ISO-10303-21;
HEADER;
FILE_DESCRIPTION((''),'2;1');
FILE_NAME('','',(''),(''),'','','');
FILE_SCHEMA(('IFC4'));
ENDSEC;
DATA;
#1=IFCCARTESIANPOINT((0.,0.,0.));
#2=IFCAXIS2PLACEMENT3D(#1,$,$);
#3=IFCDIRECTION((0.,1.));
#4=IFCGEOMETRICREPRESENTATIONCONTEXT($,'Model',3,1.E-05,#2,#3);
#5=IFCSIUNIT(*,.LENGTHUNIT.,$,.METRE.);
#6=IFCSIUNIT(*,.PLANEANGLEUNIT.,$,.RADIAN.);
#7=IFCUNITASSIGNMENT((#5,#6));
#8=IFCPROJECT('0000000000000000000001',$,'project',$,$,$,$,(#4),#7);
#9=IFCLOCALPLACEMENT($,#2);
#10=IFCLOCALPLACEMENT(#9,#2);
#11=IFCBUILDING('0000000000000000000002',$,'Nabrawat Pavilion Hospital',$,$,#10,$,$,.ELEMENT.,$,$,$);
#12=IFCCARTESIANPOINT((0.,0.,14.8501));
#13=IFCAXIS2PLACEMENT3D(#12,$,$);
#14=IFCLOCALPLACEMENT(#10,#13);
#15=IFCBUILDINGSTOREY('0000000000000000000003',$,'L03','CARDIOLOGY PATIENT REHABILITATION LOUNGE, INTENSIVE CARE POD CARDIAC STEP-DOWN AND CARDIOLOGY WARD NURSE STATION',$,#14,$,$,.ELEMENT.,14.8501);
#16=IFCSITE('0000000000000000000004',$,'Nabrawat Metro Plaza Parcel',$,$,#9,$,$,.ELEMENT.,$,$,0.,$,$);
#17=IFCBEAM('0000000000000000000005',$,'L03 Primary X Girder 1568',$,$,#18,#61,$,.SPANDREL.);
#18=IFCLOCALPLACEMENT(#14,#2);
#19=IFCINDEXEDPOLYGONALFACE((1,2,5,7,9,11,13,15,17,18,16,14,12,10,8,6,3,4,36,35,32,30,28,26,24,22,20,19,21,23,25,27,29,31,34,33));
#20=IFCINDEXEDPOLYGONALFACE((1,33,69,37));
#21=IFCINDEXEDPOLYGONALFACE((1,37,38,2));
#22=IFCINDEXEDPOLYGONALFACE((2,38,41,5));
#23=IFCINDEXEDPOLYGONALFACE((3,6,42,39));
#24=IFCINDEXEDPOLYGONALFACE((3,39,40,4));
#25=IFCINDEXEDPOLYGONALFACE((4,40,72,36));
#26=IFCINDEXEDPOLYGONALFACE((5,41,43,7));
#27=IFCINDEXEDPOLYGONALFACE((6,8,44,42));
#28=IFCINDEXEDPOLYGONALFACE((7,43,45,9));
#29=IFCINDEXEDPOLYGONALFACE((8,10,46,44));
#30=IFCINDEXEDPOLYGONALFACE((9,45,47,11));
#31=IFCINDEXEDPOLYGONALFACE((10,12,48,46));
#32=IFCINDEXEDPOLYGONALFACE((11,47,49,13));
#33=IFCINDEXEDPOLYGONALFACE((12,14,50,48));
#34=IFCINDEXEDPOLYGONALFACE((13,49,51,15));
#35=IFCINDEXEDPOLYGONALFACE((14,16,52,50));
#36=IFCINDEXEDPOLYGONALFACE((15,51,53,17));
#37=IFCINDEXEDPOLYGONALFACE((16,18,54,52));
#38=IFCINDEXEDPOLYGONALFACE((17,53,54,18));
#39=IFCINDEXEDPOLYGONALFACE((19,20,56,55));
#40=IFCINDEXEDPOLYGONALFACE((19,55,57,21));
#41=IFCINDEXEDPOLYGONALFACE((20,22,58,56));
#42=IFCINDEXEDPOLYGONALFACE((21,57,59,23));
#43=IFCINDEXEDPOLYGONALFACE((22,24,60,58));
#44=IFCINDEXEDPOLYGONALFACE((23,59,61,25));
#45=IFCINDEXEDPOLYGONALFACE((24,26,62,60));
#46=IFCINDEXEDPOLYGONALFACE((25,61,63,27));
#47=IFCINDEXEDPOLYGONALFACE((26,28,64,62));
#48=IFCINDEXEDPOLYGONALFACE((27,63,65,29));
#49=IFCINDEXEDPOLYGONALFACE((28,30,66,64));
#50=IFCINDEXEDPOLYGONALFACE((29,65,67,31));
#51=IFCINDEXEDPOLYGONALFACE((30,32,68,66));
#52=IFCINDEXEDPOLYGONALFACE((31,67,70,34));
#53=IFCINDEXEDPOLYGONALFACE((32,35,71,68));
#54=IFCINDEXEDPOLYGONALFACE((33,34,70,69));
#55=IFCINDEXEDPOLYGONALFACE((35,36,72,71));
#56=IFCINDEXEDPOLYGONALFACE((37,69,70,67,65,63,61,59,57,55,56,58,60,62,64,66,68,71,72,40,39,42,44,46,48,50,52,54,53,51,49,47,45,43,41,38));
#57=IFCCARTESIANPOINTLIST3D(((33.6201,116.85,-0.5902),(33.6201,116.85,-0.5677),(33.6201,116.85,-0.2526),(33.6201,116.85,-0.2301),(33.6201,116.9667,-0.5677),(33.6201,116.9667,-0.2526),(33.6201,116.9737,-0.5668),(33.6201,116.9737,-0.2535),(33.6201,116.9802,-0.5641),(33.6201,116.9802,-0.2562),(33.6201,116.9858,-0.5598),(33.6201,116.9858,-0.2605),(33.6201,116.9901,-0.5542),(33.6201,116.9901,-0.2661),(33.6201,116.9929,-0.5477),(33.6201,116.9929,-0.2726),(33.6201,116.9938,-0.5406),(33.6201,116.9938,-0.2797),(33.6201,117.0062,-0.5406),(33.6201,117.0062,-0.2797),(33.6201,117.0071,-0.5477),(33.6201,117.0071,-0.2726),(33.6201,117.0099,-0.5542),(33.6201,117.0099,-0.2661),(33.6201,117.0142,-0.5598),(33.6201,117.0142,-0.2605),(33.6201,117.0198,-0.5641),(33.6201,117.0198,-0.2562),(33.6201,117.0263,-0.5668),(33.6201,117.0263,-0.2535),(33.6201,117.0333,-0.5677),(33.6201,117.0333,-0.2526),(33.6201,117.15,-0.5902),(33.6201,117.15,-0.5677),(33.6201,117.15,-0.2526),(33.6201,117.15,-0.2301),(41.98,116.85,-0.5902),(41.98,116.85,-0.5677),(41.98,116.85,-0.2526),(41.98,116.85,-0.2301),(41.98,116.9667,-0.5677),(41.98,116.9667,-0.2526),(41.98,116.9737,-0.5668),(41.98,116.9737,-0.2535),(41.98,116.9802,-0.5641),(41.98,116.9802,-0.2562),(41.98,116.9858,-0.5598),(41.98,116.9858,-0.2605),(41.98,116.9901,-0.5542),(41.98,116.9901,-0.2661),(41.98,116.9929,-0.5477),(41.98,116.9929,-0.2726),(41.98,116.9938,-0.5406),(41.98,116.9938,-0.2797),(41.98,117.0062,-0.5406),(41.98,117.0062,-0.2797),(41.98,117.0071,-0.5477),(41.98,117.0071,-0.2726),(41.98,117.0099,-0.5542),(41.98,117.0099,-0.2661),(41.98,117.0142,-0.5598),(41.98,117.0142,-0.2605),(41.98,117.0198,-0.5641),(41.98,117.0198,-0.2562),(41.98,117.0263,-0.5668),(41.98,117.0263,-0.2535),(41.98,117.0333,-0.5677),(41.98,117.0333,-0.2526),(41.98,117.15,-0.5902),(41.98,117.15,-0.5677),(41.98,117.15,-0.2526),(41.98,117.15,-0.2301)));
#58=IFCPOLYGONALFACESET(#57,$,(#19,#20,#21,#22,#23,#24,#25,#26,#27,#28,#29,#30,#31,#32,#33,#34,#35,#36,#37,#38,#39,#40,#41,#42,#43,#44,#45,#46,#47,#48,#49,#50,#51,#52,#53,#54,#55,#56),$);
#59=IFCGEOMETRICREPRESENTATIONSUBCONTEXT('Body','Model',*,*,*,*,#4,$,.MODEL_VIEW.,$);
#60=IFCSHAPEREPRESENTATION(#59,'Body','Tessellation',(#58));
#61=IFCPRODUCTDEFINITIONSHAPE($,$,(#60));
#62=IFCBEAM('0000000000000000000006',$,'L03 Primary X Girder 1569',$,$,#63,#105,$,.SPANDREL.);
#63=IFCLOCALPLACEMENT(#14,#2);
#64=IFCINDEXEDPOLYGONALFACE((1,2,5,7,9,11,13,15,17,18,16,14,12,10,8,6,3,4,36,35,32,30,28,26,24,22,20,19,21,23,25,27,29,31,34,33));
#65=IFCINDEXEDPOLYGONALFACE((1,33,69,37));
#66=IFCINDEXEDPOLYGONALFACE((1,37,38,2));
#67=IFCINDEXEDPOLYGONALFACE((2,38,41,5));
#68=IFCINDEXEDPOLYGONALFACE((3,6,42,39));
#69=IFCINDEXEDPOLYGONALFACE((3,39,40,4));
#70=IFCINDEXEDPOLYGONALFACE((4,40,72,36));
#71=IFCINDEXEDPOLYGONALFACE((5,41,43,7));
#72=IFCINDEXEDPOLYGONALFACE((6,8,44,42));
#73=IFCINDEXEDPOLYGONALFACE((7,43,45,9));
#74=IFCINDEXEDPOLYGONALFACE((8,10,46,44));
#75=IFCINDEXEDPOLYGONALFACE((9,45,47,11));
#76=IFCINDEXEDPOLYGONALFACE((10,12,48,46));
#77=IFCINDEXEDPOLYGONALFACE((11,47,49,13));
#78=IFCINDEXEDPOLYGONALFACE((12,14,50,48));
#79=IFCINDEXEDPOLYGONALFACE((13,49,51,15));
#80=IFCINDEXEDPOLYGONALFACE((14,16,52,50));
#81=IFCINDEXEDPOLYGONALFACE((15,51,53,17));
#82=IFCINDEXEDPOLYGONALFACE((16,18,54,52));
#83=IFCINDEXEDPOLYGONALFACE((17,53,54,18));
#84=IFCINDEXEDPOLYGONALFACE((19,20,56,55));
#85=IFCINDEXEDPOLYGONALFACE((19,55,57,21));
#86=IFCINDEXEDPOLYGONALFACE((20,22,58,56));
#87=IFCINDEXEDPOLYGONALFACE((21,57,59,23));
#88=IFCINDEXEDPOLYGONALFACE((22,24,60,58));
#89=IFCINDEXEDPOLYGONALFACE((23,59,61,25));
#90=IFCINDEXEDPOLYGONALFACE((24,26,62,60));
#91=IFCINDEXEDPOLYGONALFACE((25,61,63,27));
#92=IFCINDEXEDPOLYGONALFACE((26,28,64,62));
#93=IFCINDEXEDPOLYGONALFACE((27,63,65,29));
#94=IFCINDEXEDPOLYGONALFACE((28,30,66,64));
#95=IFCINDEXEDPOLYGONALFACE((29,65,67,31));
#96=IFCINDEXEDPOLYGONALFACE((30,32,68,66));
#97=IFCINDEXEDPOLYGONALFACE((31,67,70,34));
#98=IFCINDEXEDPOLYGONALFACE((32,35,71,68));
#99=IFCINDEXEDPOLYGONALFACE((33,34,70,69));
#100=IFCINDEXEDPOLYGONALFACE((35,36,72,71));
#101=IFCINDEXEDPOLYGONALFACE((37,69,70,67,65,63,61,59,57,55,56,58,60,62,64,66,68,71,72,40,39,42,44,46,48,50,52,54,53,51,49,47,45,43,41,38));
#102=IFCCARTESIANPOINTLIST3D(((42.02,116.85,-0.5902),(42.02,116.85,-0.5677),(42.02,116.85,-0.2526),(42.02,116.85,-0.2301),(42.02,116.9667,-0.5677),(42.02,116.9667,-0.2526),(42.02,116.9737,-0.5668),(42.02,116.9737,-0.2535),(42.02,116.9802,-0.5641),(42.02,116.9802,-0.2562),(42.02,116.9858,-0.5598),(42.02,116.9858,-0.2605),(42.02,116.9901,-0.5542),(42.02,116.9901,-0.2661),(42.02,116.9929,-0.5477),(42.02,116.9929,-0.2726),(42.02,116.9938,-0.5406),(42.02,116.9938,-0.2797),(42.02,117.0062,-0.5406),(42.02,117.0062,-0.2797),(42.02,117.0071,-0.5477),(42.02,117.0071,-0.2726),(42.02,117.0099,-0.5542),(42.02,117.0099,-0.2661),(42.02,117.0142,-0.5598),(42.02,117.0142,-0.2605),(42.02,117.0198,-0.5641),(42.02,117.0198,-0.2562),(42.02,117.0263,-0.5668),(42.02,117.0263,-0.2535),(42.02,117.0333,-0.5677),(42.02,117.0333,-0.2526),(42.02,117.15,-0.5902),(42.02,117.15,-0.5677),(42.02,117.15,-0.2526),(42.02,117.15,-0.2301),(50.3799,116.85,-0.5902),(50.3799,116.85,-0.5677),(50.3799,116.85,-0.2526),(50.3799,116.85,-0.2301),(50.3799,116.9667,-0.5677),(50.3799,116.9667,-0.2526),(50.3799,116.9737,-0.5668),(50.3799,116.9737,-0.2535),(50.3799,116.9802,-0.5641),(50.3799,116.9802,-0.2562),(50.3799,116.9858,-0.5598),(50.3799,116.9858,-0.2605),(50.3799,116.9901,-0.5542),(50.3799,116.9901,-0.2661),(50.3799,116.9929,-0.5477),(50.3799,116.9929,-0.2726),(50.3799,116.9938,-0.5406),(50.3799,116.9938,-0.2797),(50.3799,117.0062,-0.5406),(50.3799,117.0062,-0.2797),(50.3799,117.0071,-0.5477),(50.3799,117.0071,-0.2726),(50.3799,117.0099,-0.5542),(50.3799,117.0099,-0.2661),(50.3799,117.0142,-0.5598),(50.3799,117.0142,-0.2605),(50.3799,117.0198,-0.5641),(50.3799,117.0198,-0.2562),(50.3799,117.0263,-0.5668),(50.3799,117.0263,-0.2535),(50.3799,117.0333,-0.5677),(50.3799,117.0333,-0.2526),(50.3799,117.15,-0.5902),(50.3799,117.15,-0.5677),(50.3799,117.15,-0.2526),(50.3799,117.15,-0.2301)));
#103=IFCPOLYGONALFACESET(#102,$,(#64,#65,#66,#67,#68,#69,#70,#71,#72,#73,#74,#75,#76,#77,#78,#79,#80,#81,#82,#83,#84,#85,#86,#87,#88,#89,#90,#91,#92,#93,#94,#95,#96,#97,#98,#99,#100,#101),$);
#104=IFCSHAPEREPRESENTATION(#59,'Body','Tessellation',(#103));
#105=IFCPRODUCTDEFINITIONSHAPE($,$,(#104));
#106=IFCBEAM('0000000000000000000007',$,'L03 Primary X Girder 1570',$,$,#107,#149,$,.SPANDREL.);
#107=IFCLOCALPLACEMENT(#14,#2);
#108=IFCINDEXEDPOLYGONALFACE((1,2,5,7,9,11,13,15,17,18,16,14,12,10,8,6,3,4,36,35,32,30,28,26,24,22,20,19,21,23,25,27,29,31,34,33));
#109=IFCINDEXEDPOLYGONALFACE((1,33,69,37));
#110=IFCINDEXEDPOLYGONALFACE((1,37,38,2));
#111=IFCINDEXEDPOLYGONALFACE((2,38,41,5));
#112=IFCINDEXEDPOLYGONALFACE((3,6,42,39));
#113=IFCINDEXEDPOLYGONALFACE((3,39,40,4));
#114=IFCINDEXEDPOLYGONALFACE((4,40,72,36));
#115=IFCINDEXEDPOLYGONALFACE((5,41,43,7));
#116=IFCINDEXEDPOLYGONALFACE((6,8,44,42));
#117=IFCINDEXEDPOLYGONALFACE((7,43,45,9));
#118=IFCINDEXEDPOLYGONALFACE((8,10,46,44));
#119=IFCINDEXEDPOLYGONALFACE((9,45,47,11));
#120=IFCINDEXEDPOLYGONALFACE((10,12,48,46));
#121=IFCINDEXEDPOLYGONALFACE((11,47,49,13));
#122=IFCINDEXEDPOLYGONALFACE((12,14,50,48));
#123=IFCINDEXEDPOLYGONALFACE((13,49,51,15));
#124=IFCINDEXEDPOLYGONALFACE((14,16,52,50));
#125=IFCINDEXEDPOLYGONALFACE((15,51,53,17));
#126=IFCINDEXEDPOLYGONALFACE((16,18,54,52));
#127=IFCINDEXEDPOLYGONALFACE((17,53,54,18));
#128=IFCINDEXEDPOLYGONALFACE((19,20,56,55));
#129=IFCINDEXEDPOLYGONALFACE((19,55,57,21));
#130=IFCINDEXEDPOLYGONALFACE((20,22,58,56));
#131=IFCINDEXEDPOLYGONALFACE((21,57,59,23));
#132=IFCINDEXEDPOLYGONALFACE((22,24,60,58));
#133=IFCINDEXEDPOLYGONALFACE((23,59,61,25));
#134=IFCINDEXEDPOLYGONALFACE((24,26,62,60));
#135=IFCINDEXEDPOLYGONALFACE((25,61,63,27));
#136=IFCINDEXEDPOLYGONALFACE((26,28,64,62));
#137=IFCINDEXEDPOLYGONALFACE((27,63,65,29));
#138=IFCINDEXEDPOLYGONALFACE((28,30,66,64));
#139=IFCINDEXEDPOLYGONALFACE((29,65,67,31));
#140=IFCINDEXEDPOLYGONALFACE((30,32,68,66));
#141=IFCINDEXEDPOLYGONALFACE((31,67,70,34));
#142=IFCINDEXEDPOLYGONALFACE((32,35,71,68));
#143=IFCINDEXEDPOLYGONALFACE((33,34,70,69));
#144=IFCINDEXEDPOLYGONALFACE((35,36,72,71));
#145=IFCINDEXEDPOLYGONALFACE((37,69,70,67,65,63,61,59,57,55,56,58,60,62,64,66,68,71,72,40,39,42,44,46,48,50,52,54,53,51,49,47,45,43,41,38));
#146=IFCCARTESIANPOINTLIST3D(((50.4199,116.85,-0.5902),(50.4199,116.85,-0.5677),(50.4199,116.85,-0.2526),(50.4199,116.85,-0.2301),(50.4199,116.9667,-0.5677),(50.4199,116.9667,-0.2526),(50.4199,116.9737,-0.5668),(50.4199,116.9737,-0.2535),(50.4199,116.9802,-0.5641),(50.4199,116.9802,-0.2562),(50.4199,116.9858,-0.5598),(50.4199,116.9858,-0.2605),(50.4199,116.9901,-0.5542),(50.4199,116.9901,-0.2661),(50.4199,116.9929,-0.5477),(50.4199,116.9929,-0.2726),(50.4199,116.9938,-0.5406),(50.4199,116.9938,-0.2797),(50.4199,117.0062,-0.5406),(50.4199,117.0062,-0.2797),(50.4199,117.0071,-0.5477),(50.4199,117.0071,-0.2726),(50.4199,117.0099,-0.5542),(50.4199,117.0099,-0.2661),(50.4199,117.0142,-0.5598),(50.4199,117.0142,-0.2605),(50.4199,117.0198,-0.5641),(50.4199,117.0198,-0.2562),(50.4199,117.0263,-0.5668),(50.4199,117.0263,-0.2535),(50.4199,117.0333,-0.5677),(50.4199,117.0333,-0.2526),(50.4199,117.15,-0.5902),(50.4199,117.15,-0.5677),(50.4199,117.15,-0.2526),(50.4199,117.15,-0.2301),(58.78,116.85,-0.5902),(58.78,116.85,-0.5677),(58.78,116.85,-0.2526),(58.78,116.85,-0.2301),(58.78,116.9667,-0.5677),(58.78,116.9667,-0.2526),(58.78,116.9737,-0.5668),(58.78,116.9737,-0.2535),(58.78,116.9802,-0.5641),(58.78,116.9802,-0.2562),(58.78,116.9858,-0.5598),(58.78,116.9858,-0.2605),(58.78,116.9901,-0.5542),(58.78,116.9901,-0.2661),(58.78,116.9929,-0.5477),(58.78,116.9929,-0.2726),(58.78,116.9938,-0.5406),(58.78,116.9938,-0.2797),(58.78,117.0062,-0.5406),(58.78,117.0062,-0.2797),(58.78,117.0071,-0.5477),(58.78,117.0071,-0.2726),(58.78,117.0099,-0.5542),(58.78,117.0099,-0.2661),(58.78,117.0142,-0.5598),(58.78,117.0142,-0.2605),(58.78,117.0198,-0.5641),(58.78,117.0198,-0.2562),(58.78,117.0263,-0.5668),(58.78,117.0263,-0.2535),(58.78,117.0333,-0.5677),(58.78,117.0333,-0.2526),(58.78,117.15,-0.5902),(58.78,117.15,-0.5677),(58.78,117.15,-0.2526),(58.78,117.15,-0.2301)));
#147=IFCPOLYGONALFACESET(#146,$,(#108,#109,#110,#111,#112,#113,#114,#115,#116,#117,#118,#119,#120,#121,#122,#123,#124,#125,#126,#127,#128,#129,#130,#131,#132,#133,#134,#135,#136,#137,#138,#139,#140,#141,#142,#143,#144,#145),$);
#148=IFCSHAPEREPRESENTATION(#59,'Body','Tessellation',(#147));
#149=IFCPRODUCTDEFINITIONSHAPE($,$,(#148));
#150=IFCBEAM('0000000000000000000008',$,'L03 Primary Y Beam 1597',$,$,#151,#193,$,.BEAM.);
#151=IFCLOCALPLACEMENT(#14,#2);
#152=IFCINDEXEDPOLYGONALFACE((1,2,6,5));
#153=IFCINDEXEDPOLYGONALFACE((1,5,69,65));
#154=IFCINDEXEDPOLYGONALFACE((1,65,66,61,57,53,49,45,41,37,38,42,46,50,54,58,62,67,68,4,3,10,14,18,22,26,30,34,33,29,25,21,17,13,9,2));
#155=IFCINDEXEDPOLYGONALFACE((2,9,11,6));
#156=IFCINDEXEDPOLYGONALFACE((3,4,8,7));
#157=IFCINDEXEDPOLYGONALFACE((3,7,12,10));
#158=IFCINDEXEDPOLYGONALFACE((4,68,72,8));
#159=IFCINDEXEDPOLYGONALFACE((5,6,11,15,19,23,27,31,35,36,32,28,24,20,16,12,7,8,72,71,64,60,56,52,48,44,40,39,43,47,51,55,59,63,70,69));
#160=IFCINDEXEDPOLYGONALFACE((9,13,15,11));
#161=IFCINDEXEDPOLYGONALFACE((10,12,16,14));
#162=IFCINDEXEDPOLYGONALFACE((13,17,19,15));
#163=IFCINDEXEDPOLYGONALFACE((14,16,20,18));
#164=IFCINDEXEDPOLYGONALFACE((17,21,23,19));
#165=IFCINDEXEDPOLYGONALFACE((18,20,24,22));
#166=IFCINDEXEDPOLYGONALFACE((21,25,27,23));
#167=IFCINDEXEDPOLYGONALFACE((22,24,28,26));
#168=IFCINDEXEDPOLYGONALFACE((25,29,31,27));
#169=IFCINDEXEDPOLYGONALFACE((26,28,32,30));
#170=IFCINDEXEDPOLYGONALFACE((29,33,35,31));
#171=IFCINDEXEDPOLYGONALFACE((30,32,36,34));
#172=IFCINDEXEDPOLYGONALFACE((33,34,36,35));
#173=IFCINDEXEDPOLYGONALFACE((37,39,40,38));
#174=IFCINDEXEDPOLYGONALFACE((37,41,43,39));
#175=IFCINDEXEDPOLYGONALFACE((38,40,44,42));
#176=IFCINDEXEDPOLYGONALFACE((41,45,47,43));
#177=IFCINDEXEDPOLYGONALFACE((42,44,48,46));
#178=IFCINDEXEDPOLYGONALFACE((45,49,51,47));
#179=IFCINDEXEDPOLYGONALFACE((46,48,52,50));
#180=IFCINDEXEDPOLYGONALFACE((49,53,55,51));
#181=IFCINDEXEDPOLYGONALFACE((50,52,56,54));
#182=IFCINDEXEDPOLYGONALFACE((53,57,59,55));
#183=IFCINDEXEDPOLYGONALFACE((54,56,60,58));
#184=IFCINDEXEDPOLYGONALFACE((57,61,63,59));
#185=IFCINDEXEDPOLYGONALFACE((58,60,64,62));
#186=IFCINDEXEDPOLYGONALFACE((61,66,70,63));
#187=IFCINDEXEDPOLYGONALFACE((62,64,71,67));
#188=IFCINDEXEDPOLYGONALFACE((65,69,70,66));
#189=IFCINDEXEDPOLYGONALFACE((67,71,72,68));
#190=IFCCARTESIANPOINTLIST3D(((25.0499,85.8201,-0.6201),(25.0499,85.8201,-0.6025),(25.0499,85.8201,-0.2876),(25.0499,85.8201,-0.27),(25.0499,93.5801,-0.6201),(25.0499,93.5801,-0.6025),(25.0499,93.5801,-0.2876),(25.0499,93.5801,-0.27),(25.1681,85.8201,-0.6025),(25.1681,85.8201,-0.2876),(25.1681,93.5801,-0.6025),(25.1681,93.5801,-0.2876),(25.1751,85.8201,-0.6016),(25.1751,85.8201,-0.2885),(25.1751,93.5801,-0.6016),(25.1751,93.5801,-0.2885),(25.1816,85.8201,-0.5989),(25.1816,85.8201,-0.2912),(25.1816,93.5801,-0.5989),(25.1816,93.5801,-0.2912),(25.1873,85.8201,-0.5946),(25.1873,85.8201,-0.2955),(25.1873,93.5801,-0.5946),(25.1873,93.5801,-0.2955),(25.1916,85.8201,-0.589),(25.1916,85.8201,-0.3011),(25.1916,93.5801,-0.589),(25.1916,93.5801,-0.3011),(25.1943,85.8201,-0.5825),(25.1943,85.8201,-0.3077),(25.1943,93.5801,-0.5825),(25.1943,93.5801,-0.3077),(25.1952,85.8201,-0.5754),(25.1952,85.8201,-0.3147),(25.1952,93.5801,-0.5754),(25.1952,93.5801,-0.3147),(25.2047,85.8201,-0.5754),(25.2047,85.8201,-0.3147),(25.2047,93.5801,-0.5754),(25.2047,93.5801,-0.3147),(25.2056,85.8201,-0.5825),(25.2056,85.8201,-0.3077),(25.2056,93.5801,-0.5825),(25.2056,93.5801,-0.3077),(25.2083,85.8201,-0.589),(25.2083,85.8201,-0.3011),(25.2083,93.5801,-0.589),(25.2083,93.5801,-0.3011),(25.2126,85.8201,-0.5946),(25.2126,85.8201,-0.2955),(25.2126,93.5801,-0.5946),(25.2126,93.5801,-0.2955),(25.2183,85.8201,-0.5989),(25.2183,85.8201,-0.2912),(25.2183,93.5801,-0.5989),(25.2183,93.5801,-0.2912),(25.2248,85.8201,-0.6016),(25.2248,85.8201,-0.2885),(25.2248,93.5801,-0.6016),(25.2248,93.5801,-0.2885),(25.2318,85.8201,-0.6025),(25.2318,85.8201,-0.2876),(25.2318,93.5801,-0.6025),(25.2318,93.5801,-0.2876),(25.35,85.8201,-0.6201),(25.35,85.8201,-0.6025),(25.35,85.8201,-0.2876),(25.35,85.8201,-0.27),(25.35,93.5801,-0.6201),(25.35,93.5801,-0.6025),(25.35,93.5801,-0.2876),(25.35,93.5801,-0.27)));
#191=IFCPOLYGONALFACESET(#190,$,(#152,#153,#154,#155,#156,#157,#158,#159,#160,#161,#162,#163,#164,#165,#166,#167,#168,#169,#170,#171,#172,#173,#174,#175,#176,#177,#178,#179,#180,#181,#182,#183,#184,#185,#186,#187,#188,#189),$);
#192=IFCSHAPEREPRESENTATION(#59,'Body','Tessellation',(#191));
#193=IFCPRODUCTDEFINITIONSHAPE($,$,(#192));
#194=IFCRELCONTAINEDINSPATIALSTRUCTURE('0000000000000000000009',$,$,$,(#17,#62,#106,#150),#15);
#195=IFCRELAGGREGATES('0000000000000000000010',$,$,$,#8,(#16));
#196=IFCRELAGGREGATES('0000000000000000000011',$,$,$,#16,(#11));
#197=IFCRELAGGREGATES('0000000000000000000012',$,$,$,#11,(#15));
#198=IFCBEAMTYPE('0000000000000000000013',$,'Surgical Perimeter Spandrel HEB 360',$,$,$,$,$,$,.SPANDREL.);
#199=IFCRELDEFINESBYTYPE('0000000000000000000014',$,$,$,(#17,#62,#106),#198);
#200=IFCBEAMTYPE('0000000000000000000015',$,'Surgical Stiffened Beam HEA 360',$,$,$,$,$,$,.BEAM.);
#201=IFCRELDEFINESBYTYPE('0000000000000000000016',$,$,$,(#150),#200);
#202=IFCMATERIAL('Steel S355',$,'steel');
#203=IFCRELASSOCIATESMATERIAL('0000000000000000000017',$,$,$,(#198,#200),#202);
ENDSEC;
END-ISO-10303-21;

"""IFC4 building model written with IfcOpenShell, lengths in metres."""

from ifc_helpers import new_model, si_unit, direction, frame, origin, origin_2d, place, context, subcontext, project, spatial, i_section, extrude, material, material_profile, profile_set, type_object, element, save


model = new_model("IFC4")

# Units and contexts
model_context = context("Model", 3, precision=1e-05, world=origin(), true_north=direction((0.0, 1.0)))
body_context = subcontext(model_context, "Body", "Model", "MODEL_VIEW")
ifc_project = project(units=[si_unit("LENGTHUNIT", "METRE"), si_unit("PLANEANGLEUNIT", "RADIAN")], contexts=[model_context])

# Site, building, storey
site_placement = place(None, origin())
site = spatial("IfcSite", under=ifc_project, at=site_placement, Name="Nabrawat Metro Plaza Parcel", CompositionType="ELEMENT", RefElevation=0.0)
building_placement = place(site_placement, origin())
building = spatial("IfcBuilding", under=site, at=building_placement, Name="Nabrawat Pavilion Hospital", CompositionType="ELEMENT")
storey_placement = place(building_placement, frame((0.0, 0.0, 14.8501)))
storey = spatial("IfcBuildingStorey", under=building, at=storey_placement, Name="L03", Description="CARDIOLOGY PATIENT REHABILITATION LOUNGE, INTENSIVE CARE POD CARDIAC STEP-DOWN AND CARDIOLOGY WARD NURSE STATION", CompositionType="ELEMENT", Elevation=14.8501)

# Shared definitions
ifc_material_1 = material(Name="Steel S355", Category="steel")

# Beams
ifc_material_profile_1 = material_profile(ifc_material_1, i_section(OverallWidth=0.3, OverallDepth=0.3601, WebThickness=0.0125, FlangeThickness=0.0225, FilletRadius=0.0271, at=origin_2d()), Name="HEB 360")
ifc_profile_set_1 = profile_set([ifc_material_profile_1], Name="Steel S355")
beam_type_1 = type_object("IfcBeamType", Name="Surgical Perimeter Spandrel HEB 360", PredefinedType="SPANDREL", material=ifc_profile_set_1)
for number, where, z_axis, x_axis, name in (
    (1, (33.6201, 117.0, -0.4102), (1.0, 0.0, 0.0), (0.0, 1.0, 0.0), "L03 Primary X Girder 1568"),
    (2, (42.02, 117.0, -0.4102), (1.0, 0.0, 0.0), (0.0, 1.0, 0.0), "L03 Primary X Girder 1569"),
):
    element("IfcBeam", number, at=place(storey_placement, frame(where, z_axis=z_axis, x_axis=x_axis)), inside=storey, type_object=beam_type_1, Name=name, PredefinedType="SPANDREL", context=body_context, shape_type="SweptSolid", body=[
        extrude(i_section(OverallWidth=0.3, OverallDepth=0.3601, WebThickness=0.0125, FlangeThickness=0.0225, FilletRadius=0.0271, at=origin_2d()), origin(), (0.0, 0.0, 1.0), 8.3599),
    ])
beam_1_placement = place(storey_placement, frame((50.4199, 117.0, -0.4102), z_axis=(1.0, 0.0, 0.0), x_axis=(0.0, 1.0, 0.0)))
element("IfcBeam", 3, at=beam_1_placement, inside=storey, type_object=beam_type_1, Name="L03 Primary X Girder 1570", PredefinedType="SPANDREL", context=body_context, shape_type="SweptSolid", body=[
    extrude(i_section(OverallWidth=0.3, OverallDepth=0.3601, WebThickness=0.0125, FlangeThickness=0.0225, FilletRadius=0.0271, at=origin_2d()), origin(), (0.0, 0.0, 1.0), 8.3601),
])
ifc_material_profile_2 = material_profile(ifc_material_1, i_section(OverallWidth=0.3, OverallDepth=0.3501, WebThickness=0.0095, FlangeThickness=0.0176, FilletRadius=0.0271, at=origin_2d()), Name="HEA 360")
ifc_profile_set_2 = profile_set([ifc_material_profile_2], Name="Steel S355")
beam_type_2 = type_object("IfcBeamType", Name="Surgical Stiffened Beam HEA 360", PredefinedType="BEAM", material=ifc_profile_set_2)
beam_2_placement = place(storey_placement, frame((25.2, 85.8201, -0.4451), z_axis=(0.0, 1.0, 0.0), x_axis=(-1.0, 0.0, 0.0)))
element("IfcBeam", 4, at=beam_2_placement, inside=storey, type_object=beam_type_2, Name="L03 Primary Y Beam 1597", PredefinedType="BEAM", context=body_context, shape_type="SweptSolid", body=[
    extrude(i_section(OverallWidth=0.3, OverallDepth=0.3501, WebThickness=0.0095, FlangeThickness=0.0176, FilletRadius=0.0271, at=origin_2d()), origin(), (0.0, 0.0, 1.0), 7.76),
])

save(model, "model.ifc")
